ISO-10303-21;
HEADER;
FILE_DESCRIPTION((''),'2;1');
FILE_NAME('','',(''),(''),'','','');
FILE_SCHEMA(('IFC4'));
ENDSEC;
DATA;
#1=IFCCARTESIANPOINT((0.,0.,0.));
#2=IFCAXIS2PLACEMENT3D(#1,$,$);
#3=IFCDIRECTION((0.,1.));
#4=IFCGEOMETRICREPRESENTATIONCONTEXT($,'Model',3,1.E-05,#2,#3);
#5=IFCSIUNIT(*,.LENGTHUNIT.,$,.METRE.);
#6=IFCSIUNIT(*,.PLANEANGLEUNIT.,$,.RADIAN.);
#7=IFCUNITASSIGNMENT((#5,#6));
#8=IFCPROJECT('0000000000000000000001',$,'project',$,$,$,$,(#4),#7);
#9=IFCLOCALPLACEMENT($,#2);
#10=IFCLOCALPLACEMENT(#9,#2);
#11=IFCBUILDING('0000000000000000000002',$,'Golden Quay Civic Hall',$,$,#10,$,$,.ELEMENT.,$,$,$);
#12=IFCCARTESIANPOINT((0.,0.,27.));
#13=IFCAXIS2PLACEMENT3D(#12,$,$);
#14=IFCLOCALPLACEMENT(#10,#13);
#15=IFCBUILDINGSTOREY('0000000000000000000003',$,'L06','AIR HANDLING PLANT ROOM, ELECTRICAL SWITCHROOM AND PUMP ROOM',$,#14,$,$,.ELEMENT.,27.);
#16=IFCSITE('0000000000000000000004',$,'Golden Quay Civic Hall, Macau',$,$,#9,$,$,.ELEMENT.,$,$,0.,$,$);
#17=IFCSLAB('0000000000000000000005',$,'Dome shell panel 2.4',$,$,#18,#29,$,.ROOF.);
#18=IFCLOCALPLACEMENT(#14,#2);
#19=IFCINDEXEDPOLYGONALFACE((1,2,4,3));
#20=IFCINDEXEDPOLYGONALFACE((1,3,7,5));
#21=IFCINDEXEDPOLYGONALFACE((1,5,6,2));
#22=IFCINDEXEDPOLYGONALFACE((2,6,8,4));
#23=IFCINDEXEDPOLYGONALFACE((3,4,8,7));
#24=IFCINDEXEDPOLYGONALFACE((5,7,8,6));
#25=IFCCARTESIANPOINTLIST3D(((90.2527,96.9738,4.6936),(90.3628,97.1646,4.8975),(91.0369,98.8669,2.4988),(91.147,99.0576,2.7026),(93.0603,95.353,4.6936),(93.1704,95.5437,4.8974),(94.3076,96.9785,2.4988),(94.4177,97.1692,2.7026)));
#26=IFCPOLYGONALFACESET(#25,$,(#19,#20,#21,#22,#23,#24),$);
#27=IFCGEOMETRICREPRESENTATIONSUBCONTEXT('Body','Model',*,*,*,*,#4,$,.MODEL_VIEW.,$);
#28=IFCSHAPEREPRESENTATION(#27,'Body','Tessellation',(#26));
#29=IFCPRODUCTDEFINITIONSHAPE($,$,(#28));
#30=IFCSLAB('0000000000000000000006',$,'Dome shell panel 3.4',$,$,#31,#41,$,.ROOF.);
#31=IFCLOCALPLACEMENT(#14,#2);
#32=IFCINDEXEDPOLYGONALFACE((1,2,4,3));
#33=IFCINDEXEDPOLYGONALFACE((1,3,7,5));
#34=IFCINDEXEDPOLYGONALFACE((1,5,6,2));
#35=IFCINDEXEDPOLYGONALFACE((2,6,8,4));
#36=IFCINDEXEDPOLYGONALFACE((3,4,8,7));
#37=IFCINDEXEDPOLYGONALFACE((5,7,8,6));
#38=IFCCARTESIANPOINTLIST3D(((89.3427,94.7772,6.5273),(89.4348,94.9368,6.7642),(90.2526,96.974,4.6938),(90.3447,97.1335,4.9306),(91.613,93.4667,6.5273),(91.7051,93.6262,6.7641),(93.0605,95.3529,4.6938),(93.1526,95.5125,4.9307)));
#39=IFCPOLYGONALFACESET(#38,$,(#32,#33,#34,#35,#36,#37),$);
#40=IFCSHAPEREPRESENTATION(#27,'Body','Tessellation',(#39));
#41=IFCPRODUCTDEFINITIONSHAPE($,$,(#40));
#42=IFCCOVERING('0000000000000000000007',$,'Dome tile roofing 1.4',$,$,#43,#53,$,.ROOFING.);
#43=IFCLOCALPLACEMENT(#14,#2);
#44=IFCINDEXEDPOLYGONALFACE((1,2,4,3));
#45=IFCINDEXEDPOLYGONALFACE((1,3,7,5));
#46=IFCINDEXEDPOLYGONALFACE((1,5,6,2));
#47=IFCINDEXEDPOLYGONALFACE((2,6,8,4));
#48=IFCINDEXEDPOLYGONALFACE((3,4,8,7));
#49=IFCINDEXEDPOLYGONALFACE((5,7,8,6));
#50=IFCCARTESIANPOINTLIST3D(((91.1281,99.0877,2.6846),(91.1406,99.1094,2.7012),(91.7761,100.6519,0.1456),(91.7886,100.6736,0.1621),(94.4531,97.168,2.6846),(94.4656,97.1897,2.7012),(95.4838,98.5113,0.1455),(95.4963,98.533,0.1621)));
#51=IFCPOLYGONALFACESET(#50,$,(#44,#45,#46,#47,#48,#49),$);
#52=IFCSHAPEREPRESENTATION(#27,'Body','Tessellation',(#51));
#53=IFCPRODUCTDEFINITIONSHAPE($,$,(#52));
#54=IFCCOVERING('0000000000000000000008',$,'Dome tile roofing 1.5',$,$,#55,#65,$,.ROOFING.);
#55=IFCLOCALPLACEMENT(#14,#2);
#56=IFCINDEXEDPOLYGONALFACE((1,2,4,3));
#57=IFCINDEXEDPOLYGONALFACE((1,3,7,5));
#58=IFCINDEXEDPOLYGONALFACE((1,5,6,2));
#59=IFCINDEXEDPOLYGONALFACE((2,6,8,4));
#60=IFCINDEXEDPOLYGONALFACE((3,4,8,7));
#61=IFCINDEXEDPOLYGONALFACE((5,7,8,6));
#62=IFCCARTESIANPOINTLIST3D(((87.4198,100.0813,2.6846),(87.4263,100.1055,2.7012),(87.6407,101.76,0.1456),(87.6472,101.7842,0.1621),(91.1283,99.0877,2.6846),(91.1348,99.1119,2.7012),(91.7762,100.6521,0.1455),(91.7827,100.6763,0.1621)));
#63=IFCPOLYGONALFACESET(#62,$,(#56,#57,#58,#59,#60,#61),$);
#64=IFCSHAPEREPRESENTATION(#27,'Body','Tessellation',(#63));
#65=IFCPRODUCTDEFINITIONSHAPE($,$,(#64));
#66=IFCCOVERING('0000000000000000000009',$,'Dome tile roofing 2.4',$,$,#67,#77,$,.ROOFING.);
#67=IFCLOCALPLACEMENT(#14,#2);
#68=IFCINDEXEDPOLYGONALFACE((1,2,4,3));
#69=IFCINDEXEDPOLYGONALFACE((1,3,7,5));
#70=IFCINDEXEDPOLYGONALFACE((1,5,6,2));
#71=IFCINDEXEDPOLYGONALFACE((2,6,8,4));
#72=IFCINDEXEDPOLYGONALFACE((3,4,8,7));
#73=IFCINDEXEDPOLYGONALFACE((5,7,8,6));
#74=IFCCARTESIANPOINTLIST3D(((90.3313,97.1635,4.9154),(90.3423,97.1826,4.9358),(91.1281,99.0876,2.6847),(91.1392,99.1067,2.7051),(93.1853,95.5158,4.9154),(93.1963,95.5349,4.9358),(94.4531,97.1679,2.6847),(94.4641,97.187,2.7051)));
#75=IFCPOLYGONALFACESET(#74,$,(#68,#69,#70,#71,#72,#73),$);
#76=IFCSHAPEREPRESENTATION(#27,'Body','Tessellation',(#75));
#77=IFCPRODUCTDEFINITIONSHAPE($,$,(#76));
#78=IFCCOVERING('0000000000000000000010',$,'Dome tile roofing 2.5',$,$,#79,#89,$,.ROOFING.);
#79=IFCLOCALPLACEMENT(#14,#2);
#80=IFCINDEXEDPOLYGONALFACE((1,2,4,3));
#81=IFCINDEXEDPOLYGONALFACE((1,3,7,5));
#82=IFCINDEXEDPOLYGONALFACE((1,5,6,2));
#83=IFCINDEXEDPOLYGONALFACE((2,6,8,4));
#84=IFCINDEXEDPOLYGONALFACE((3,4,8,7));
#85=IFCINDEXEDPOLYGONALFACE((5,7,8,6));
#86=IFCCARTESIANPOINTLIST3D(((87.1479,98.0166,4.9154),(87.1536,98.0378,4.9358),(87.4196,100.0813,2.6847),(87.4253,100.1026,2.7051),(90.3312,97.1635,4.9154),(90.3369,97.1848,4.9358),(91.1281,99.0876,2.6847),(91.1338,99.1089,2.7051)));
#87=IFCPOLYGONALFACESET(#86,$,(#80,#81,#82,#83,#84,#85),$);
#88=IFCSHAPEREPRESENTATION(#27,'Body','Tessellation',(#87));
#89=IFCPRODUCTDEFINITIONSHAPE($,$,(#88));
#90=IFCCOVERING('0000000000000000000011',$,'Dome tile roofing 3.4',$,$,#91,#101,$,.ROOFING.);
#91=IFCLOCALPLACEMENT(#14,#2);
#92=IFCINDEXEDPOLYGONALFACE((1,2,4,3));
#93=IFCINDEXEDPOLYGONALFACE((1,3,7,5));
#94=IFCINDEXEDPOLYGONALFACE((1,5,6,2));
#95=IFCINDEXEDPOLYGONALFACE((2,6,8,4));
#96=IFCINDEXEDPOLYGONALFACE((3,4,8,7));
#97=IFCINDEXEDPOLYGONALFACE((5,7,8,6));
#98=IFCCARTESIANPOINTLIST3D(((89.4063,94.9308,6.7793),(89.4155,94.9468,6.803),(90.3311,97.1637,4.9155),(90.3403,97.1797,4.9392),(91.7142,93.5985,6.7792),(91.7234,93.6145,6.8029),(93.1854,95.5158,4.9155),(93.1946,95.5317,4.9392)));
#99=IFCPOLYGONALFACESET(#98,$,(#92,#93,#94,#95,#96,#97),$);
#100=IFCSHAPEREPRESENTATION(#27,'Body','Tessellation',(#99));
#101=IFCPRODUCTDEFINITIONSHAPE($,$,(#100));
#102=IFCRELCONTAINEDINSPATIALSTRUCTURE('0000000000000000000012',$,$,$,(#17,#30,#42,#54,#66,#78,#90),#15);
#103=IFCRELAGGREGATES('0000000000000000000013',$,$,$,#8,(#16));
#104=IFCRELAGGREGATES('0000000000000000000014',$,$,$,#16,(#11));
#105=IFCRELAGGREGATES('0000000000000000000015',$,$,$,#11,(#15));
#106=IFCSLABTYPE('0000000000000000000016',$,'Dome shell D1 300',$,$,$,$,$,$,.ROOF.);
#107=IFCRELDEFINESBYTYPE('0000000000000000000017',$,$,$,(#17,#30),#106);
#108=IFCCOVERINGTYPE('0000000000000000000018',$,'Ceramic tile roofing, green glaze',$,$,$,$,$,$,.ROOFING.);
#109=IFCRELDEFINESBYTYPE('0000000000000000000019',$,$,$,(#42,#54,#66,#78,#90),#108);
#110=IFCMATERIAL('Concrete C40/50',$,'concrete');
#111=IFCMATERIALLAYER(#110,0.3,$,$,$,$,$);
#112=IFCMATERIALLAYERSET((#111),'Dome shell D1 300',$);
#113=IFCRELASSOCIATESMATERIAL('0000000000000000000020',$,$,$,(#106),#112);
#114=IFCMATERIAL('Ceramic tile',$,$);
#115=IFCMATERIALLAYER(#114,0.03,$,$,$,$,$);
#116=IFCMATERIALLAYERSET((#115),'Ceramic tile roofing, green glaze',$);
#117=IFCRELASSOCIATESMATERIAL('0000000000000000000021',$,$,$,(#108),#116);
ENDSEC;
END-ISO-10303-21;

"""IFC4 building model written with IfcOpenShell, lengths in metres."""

from ifc_helpers import new_model, si_unit, direction, frame, origin, place, context, subcontext, project, spatial, polyline, outline, extrude, material, layer, layer_set, type_object, element, save


model = new_model("IFC4")

# Units and contexts
model_context = context("Model", 3, precision=1e-05, world=origin(), true_north=direction((0.0, 1.0)))
body_context = subcontext(model_context, "Body", "Model", "MODEL_VIEW")
ifc_project = project(units=[si_unit("LENGTHUNIT", "METRE"), si_unit("PLANEANGLEUNIT", "RADIAN")], contexts=[model_context])

# Site, building, storey
site_placement = place(None, origin())
site = spatial("IfcSite", under=ifc_project, at=site_placement, Name="Golden Quay Civic Hall, Macau", CompositionType="ELEMENT", RefElevation=0.0)
building_placement = place(site_placement, origin())
building = spatial("IfcBuilding", under=site, at=building_placement, Name="Golden Quay Civic Hall", CompositionType="ELEMENT")
storey_placement = place(building_placement, frame((0.0, 0.0, 27.0)))
storey = spatial("IfcBuildingStorey", under=building, at=storey_placement, Name="L06", Description="AIR HANDLING PLANT ROOM, ELECTRICAL SWITCHROOM AND PUMP ROOM", CompositionType="ELEMENT", Elevation=27.0)

# Slabs
ifc_material_1 = material(Name="Concrete C40/50", Category="concrete")
ifc_layer_1 = layer(ifc_material_1, 0.3)
ifc_layer_set_1 = layer_set([ifc_layer_1], Name="Dome shell D1 300")
slab_type = type_object("IfcSlabType", Name="Dome shell D1 300", PredefinedType="ROOF", material=ifc_layer_set_1)
slab_1_placement = place(storey_placement, frame((94.4177, 97.1692, 2.7026), z_axis=(0.366941, 0.635573, 0.679265), x_axis=(-0.866025, 0.500001, -0.000011)))
element("IfcSlab", 1, at=slab_1_placement, inside=storey, type_object=slab_type, Name="Dome shell panel 2.4", PredefinedType="ROOF", context=body_context, shape_type="SweptSolid", body=[
    extrude(outline(polyline([(0.0, 0.0), (3.7768, 0.0), (3.5093, 2.9907), (0.2674, 2.9906), (0.0, 0.0)])), origin(), (0.0, 0.0, -1.0), 0.3),
])
slab_2_placement = place(storey_placement, frame((93.1526, 95.5125, 4.9307), z_axis=(0.306954, 0.531698, 0.789352), x_axis=(-0.866034, 0.499986, -0.000012)))
element("IfcSlab", 2, at=slab_2_placement, inside=storey, type_object=slab_type, Name="Dome shell panel 3.4", PredefinedType="ROOF", context=body_context, shape_type="SweptSolid", body=[
    extrude(outline(polyline([(0.0, 0.0), (3.2422, 0.0), (2.9319, 2.9865), (0.3105, 2.9864), (0.0, 0.0)])), origin(), (0.0, 0.0, -1.0), 0.3),
])

# Coverings
ifc_material_2 = material(Name="Ceramic tile")
ifc_layer_2 = layer(ifc_material_2, 0.03)
ifc_layer_set_2 = layer_set([ifc_layer_2], Name="Ceramic tile roofing, green glaze")
covering_type = type_object("IfcCoveringType", Name="Ceramic tile roofing, green glaze", PredefinedType="ROOFING", material=ifc_layer_set_2)
covering_1_placement = place(storey_placement, frame((95.4963, 98.533, 0.1621), z_axis=(0.417085, 0.722419, 0.551498), x_axis=(-0.866028, 0.499995, 0.000003)))
element("IfcCovering", 3, at=covering_1_placement, inside=storey, type_object=covering_type, Name="Dome tile roofing 1.4", PredefinedType="ROOFING", context=body_context, shape_type="SweptSolid", body=[
    extrude(outline(polyline([(0.0, 0.0), (4.2813, 0.0), (4.0604, 3.0438), (0.2211, 3.0438), (0.0, 0.0)])), origin(), (0.0, 0.0, -1.0), 0.03),
])
covering_2_placement = place(storey_placement, frame((91.7827, 100.6763, 0.1621), z_axis=(0.215874, 0.80574, 0.551526), x_axis=(-0.965934, 0.258788, 0.000008)))
element("IfcCovering", 4, at=covering_2_placement, inside=storey, type_object=covering_type, Name="Dome tile roofing 1.5", PredefinedType="ROOFING", context=body_context, shape_type="SweptSolid", body=[
    extrude(outline(polyline([(0.0, 0.0), (4.2813, 0.0), (4.0603, 3.0438), (0.221, 3.0439), (0.0, 0.0)])), origin(), (0.0, 0.0, -1.0), 0.03),
])
covering_3_placement = place(storey_placement, frame((94.4641, 97.187, 2.7051), z_axis=(0.366941, 0.635567, 0.679271), x_axis=(-0.866026, 0.499999, -0.000004)))
element("IfcCovering", 5, at=covering_3_placement, inside=storey, type_object=covering_type, Name="Dome tile roofing 2.4", PredefinedType="ROOFING", context=body_context, shape_type="SweptSolid", body=[
    extrude(outline(polyline([(0.0, 0.0), (3.8393, 0.0), (3.5674, 3.0396), (0.2719, 3.0396), (0.0, 0.0)])), origin(), (0.0, 0.0, -1.0), 0.03),
])
covering_4_placement = place(storey_placement, frame((91.1338, 99.1089, 2.7051), z_axis=(0.189945, 0.708878, 0.679273), x_axis=(-0.965927, 0.258816, 0.000006)))
element("IfcCovering", 6, at=covering_4_placement, inside=storey, type_object=covering_type, Name="Dome tile roofing 2.5", PredefinedType="ROOFING", context=body_context, shape_type="SweptSolid", body=[
    extrude(outline(polyline([(0.0, 0.0), (3.8393, 0.0), (3.5674, 3.0396), (0.2718, 3.0396), (0.0, 0.0)])), origin(), (0.0, 0.0, -1.0), 0.03),
])
covering_5_placement = place(storey_placement, frame((93.1946, 95.5317, 4.9392), z_axis=(0.306978, 0.531723, 0.789326), x_axis=(-0.866025, 0.500001, -0.000015)))
element("IfcCovering", 7, at=covering_5_placement, inside=storey, type_object=covering_type, Name="Dome tile roofing 3.4", PredefinedType="ROOFING", context=body_context, shape_type="SweptSolid", body=[
    extrude(outline(polyline([(0.0, 0.0), (3.2958, 0.0), (2.9802, 3.0357), (0.3154, 3.0355), (0.0, 0.0)])), origin(), (0.0, 0.0, -1.0), 0.03),
])

save(model, "model.ifc")
